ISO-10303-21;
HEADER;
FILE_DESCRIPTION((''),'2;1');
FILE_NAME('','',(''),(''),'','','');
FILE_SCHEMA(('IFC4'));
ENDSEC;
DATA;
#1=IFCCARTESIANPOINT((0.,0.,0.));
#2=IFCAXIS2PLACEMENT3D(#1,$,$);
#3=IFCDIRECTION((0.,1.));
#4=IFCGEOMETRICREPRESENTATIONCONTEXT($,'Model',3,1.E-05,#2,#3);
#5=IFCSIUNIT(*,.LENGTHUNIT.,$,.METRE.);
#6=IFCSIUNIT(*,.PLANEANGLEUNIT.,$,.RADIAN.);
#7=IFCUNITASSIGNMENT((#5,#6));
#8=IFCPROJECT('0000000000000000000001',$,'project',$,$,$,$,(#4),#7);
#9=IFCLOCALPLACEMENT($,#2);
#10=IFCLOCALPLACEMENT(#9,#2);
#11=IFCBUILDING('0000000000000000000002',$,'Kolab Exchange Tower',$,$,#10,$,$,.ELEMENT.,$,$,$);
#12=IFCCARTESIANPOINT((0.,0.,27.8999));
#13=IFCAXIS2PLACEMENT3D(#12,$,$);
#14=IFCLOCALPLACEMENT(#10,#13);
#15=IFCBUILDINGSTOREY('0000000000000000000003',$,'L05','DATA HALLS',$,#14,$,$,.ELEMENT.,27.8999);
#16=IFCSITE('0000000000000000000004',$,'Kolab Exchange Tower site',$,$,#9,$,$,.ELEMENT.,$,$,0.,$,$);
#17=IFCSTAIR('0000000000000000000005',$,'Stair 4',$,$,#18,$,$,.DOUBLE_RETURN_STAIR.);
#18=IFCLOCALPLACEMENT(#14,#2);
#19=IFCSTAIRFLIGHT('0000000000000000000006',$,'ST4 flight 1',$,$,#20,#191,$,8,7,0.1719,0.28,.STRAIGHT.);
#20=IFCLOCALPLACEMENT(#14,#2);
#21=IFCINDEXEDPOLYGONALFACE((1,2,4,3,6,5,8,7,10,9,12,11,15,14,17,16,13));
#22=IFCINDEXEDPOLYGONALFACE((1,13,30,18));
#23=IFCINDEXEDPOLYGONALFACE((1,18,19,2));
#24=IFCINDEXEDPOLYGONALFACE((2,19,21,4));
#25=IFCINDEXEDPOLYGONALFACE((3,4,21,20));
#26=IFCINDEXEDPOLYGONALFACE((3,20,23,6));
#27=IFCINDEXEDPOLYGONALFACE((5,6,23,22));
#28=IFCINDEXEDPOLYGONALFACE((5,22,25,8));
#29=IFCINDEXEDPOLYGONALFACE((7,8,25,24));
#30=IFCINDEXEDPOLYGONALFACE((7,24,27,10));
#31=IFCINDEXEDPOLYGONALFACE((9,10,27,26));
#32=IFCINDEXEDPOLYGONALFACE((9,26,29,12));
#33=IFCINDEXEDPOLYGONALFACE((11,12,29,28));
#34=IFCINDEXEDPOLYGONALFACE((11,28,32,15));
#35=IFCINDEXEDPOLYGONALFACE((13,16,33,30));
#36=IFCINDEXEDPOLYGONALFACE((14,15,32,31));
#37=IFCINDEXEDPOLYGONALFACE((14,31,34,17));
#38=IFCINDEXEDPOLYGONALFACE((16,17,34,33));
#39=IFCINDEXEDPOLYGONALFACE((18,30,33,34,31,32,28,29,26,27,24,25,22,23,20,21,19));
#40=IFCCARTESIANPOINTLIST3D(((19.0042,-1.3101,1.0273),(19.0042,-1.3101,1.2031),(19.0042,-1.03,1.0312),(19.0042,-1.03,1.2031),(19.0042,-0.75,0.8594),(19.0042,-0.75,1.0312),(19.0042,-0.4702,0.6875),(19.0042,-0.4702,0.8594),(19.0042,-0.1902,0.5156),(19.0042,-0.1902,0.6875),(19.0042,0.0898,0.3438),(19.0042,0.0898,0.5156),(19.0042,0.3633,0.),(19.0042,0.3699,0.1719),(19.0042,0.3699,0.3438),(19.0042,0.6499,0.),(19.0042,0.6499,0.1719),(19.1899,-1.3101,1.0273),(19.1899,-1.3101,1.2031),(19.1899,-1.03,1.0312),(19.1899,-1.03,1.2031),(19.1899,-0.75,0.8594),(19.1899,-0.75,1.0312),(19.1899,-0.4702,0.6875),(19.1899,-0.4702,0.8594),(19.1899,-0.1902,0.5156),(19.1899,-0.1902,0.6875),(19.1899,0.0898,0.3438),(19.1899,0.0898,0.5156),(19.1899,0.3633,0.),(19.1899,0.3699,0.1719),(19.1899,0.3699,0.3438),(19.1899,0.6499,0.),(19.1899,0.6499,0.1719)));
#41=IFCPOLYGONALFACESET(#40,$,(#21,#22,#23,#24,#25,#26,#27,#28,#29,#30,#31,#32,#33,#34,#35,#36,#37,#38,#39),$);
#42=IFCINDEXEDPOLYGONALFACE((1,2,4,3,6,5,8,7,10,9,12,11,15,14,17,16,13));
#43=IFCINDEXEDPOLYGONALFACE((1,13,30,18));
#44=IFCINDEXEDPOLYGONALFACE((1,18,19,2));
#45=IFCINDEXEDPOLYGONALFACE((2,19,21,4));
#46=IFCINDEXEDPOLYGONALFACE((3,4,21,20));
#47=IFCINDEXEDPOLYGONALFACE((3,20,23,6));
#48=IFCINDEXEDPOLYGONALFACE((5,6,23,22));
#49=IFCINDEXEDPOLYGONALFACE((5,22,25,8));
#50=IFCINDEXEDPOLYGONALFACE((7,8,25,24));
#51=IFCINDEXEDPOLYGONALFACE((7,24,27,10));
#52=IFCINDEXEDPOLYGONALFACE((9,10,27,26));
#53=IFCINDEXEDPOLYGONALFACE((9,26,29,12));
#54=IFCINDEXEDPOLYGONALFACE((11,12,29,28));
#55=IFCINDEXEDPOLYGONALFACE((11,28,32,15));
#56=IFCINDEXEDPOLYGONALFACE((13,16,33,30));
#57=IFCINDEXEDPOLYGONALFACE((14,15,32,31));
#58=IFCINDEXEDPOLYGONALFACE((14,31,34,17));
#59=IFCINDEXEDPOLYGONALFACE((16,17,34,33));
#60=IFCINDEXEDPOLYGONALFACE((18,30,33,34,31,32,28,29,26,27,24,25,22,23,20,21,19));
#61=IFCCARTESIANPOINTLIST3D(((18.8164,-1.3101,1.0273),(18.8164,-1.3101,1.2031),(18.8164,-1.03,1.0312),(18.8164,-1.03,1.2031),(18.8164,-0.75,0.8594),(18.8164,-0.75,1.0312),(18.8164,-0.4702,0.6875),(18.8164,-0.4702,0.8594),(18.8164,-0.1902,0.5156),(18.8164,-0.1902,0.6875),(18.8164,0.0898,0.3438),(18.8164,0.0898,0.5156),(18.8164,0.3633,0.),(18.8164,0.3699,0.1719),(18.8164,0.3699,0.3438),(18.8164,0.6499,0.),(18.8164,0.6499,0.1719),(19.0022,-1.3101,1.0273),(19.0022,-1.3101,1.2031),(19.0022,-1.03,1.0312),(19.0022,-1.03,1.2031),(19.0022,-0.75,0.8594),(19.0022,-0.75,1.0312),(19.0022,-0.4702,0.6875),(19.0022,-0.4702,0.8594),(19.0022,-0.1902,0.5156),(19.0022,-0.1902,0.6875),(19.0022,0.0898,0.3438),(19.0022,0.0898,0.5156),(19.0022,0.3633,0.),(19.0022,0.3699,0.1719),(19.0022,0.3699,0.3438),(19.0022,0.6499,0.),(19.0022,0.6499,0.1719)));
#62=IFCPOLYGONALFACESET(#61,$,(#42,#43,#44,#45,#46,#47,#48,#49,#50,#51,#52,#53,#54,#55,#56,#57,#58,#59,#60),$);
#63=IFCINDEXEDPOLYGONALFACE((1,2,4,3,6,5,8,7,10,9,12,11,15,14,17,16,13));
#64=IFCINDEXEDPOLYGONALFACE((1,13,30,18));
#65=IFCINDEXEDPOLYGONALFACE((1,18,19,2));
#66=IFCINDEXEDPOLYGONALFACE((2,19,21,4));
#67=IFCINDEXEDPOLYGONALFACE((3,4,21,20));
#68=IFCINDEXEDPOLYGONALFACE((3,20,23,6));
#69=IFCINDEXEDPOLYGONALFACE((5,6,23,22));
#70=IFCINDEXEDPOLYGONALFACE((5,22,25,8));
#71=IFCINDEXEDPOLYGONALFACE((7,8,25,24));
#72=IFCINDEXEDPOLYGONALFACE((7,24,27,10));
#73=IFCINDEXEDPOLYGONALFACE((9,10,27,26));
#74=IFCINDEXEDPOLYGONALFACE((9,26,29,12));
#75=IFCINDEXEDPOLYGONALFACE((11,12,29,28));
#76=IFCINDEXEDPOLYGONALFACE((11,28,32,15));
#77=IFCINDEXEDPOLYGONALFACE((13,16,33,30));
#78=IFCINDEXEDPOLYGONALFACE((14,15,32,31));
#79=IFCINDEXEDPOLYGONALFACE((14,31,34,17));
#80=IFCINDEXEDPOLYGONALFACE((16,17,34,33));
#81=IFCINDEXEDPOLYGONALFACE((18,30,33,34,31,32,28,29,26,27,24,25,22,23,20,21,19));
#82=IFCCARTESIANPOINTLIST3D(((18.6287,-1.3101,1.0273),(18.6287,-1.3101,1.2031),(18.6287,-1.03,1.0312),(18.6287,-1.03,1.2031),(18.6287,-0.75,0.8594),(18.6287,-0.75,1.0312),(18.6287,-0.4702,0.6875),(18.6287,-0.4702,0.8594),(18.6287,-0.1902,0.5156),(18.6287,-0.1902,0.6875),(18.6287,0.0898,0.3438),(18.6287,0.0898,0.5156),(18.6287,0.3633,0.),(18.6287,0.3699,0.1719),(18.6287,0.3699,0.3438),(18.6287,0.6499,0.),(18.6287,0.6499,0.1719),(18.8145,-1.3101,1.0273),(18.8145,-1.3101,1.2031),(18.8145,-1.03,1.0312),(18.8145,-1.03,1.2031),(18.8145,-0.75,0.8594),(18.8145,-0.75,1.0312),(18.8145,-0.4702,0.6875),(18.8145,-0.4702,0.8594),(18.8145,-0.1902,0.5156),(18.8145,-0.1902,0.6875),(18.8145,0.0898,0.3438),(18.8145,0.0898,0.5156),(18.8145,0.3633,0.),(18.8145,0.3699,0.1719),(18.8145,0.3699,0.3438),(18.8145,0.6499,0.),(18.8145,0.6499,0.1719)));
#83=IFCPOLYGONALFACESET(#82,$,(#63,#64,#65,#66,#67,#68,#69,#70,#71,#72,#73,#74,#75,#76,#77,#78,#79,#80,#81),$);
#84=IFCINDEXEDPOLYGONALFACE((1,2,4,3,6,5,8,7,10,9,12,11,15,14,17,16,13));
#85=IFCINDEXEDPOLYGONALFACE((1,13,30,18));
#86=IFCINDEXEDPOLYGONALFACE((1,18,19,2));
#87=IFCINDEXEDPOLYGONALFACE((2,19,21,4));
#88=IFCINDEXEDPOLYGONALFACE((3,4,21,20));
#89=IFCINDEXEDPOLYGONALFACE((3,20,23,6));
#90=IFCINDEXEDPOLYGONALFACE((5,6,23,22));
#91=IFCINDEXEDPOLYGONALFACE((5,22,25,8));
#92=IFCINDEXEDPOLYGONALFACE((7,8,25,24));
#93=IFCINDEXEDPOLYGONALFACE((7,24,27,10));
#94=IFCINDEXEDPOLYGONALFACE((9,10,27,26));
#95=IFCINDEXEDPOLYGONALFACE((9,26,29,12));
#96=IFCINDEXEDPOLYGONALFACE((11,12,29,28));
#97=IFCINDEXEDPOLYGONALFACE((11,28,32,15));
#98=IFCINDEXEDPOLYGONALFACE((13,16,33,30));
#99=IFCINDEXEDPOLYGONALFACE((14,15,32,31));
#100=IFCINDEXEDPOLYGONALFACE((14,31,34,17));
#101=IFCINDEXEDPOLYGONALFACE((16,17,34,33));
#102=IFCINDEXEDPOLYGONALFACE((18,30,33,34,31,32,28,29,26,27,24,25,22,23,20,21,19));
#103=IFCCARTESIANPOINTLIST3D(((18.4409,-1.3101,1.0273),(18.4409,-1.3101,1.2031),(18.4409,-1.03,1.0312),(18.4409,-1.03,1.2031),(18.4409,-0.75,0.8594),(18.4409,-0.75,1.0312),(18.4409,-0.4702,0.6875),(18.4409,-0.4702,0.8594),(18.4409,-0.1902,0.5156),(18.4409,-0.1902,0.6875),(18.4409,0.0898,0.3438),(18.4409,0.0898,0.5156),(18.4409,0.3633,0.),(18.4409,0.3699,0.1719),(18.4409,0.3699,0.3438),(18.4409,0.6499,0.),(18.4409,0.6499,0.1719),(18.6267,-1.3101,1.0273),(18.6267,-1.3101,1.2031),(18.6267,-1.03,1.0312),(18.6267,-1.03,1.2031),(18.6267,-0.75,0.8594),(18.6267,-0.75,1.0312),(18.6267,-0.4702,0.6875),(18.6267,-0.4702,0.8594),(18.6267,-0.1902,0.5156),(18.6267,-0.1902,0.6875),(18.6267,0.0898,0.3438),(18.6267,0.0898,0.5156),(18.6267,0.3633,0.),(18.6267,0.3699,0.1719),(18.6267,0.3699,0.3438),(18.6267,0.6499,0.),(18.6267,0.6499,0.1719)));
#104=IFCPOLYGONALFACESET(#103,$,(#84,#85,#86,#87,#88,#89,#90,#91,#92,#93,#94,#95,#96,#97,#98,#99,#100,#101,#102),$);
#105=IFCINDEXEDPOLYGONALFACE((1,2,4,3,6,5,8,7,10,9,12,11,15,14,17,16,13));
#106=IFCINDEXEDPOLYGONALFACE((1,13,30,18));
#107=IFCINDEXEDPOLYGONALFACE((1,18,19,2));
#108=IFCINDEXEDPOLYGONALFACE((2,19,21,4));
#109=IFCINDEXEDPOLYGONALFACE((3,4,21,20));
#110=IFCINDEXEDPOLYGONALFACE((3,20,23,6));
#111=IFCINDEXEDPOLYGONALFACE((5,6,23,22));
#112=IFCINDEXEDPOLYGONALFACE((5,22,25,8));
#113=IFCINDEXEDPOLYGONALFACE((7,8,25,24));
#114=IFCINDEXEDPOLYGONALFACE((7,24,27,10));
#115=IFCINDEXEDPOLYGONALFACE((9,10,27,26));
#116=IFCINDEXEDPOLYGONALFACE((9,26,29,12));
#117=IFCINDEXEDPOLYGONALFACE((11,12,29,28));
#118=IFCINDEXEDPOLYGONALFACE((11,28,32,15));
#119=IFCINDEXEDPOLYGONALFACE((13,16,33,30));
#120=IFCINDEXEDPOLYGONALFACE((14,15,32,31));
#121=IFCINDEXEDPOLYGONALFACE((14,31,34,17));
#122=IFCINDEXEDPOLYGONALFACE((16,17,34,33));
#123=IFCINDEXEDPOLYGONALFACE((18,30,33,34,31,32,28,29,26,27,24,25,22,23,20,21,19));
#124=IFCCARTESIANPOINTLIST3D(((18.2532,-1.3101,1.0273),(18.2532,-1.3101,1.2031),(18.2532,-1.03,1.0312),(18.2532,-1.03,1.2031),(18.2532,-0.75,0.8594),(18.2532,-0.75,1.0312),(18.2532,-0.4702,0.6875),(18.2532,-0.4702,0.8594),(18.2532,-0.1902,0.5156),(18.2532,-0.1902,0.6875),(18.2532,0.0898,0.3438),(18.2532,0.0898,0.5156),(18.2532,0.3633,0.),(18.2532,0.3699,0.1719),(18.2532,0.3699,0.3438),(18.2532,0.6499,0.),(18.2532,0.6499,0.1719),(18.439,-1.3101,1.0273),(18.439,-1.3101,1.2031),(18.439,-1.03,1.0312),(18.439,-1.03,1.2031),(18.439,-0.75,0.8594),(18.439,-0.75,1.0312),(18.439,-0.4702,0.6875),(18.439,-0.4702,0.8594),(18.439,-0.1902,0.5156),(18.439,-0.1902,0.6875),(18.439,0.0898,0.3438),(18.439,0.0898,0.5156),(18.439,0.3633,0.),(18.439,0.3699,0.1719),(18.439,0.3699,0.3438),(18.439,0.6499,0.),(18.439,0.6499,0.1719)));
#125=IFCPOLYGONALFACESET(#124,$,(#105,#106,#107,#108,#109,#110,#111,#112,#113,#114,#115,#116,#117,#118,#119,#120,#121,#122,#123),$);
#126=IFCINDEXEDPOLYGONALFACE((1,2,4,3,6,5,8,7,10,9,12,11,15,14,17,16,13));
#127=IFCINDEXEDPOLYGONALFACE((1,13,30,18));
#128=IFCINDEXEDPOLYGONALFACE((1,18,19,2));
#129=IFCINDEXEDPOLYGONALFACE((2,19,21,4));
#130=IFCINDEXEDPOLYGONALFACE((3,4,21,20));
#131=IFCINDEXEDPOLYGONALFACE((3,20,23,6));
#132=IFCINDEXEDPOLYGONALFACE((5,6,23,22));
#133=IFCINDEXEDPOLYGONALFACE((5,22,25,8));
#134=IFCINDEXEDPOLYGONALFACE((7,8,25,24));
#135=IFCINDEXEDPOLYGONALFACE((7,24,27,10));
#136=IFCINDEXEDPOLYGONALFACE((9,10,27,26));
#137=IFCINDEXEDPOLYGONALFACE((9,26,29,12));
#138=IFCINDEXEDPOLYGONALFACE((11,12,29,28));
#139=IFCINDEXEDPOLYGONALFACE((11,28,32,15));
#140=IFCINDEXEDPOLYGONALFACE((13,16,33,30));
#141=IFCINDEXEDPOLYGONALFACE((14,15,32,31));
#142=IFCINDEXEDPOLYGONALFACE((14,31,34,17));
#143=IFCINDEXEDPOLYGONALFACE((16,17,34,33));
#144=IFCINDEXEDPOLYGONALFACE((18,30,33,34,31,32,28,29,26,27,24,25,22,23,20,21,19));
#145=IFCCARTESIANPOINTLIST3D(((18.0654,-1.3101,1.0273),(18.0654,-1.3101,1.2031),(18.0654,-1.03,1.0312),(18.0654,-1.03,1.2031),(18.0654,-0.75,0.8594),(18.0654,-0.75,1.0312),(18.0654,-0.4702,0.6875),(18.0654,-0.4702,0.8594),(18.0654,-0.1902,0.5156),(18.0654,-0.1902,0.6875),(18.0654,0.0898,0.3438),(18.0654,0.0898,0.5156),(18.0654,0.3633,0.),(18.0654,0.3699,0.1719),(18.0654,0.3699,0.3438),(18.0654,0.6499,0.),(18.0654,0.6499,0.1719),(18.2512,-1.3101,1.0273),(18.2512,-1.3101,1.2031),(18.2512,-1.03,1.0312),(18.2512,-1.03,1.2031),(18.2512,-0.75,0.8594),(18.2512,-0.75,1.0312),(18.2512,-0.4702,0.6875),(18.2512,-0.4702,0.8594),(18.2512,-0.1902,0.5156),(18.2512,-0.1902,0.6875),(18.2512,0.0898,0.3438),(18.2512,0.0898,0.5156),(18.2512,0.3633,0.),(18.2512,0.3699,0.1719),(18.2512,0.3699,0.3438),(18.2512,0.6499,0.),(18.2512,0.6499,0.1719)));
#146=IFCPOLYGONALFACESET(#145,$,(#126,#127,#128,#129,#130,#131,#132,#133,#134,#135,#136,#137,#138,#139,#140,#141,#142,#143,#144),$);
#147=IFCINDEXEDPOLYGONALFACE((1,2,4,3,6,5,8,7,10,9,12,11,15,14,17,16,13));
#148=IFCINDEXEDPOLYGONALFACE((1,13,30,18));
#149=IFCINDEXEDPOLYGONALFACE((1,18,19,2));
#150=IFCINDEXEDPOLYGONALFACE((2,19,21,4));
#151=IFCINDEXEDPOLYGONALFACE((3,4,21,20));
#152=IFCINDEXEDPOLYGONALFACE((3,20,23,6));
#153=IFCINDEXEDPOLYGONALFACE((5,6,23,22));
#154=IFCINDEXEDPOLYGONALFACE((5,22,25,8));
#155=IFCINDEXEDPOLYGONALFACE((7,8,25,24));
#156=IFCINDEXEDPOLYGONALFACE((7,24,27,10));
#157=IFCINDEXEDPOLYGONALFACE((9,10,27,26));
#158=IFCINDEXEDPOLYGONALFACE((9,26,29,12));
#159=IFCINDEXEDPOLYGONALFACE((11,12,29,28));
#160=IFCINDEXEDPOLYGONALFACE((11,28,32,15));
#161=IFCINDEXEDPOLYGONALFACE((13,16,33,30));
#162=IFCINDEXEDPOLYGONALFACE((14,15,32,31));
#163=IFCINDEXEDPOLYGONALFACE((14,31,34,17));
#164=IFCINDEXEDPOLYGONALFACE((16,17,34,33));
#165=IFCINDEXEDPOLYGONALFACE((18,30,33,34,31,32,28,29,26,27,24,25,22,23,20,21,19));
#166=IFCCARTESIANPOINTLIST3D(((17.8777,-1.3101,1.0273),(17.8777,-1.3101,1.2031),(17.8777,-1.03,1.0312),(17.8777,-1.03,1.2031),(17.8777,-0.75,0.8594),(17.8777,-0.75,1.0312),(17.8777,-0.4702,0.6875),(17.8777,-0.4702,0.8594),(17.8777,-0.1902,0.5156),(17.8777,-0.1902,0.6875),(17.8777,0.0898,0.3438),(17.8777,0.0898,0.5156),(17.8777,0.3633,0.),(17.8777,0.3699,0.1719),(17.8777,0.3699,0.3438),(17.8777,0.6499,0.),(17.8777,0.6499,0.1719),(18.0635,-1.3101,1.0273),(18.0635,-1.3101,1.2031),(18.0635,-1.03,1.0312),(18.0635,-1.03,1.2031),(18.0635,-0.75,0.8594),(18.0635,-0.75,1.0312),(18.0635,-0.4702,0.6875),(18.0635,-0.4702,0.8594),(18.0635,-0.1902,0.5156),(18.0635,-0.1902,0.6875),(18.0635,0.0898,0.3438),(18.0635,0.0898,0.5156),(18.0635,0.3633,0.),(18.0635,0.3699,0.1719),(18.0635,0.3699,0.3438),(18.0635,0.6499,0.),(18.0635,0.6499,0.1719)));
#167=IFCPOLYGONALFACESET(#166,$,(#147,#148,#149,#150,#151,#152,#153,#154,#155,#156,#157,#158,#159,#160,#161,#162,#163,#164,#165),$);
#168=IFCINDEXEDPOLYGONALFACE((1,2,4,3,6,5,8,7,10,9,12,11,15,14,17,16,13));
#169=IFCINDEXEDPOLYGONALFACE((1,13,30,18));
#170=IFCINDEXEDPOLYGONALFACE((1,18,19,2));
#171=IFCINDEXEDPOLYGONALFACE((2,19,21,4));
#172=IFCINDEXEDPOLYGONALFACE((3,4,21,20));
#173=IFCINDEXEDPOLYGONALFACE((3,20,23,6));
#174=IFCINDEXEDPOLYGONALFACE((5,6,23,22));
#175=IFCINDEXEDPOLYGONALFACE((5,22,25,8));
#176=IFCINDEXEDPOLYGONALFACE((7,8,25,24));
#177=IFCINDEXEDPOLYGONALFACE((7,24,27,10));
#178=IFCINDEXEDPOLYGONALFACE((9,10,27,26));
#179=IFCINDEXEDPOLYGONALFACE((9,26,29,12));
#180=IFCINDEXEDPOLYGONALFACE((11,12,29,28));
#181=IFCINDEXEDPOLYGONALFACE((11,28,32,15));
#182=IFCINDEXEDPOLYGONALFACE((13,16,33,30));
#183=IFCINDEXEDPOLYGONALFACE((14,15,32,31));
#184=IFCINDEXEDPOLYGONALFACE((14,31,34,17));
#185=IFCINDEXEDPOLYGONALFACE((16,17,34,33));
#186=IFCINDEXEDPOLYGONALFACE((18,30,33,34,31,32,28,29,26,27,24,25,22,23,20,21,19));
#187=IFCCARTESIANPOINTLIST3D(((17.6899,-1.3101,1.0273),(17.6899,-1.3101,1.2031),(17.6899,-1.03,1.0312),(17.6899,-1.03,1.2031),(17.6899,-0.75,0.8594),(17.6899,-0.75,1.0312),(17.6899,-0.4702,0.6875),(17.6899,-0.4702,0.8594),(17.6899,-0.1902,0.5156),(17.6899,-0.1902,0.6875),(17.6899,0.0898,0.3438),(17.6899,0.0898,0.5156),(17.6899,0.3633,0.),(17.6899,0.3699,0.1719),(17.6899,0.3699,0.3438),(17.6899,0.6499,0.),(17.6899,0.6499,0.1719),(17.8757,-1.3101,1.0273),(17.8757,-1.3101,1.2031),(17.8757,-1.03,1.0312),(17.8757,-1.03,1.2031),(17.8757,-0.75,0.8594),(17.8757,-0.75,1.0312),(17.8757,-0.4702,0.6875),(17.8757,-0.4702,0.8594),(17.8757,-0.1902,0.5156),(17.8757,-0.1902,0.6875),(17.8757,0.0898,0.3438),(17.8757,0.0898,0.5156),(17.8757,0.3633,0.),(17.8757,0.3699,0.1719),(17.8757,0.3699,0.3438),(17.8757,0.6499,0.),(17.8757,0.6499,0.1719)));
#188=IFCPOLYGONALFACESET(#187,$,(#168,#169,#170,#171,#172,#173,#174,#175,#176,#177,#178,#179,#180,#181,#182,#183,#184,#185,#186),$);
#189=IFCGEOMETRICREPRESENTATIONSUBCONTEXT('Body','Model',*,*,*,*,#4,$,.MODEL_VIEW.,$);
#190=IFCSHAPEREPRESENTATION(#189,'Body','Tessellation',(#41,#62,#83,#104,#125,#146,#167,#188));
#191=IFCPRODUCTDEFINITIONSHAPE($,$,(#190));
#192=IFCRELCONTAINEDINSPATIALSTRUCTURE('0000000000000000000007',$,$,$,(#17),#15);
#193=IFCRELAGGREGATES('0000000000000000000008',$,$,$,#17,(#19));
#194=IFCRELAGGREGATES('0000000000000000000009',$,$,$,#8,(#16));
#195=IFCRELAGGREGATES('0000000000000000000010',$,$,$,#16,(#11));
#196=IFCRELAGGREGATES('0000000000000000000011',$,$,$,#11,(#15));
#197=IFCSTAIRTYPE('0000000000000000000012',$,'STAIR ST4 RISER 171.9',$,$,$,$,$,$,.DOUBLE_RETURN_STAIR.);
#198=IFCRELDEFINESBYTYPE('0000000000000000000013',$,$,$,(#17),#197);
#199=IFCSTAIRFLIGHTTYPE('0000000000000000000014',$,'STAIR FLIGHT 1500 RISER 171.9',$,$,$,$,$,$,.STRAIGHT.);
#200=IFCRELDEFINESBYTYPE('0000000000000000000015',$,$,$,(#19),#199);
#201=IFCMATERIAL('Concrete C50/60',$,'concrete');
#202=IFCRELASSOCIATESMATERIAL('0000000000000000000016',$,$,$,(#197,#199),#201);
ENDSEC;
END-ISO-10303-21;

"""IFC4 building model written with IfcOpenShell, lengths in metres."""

from ifc_helpers import new_model, si_unit, direction, frame, origin, place, context, subcontext, project, spatial, polyline, outline, extrude, material, type_object, element, aggregate, save


model = new_model("IFC4")

# Units and contexts
model_context = context("Model", 3, precision=1e-05, world=origin(), true_north=direction((0.0, 1.0)))
body_context = subcontext(model_context, "Body", "Model", "MODEL_VIEW")
ifc_project = project(units=[si_unit("LENGTHUNIT", "METRE"), si_unit("PLANEANGLEUNIT", "RADIAN")], contexts=[model_context])

# Site, building, storey
site_placement = place(None, origin())
site = spatial("IfcSite", under=ifc_project, at=site_placement, Name="Kolab Exchange Tower site", CompositionType="ELEMENT", RefElevation=0.0)
building_placement = place(site_placement, origin())
building = spatial("IfcBuilding", under=site, at=building_placement, Name="Kolab Exchange Tower", CompositionType="ELEMENT")
storey_placement = place(building_placement, frame((0.0, 0.0, 27.8999)))
storey = spatial("IfcBuildingStorey", under=building, at=storey_placement, Name="L05", Description="DATA HALLS", CompositionType="ELEMENT", Elevation=27.8999)

# Stair, stair flight
ifc_material_1 = material(Name="Concrete C50/60", Category="concrete")
stair_type = type_object("IfcStairType", Name="STAIR ST4 RISER 171.9", PredefinedType="DOUBLE_RETURN_STAIR", material=ifc_material_1)
stair_placement = place(storey_placement, origin())
stair = element("IfcStair", 1, at=stair_placement, inside=storey, type_object=stair_type, Name="Stair 4", PredefinedType="DOUBLE_RETURN_STAIR")
stair_flight_type = type_object("IfcStairFlightType", Name="STAIR FLIGHT 1500 RISER 171.9", PredefinedType="STRAIGHT", material=ifc_material_1)
stair_flight_1_placement = place(storey_placement, frame((18.4399, 0.6499, 0.0), z_axis=(0.0, 0.0, 1.0), x_axis=(0.0, -1.0, 0.0)))
stair_flight_1 = element("IfcStairFlight", 2, at=stair_flight_1_placement, type_object=stair_flight_type, Name="ST4 flight 1", NumberOfRisers=8, NumberOfTreads=7, PredefinedType="STRAIGHT", RiserHeight=0.1719, TreadLength=0.28, context=body_context, shape_type="SweptSolid", body=[
    extrude(outline(polyline([(0.0, 0.0), (0.0, 0.1719), (0.28, 0.1719), (0.28, 0.3438), (0.5601, 0.3438), (0.5601, 0.5156), (0.8401, 0.5156), (0.8401, 0.6875), (1.1201, 0.6875), (1.1201, 0.8594), (1.3999, 0.8594), (1.3999, 1.0312), (1.6799, 1.0312), (1.6799, 1.2031), (1.96, 1.2031), (1.96, 1.375), (1.96, 1.0273), (0.2866, 0.0), (0.0, 0.0)])), frame((0.0, 0.75, 0.0), z_axis=(0.0, -1.0, 0.0), x_axis=(1.0, 0.0, 0.0)), (0.0, 0.0, 1.0), 0.1858),
    extrude(outline(polyline([(0.0, 0.0), (0.0, 0.1719), (0.28, 0.1719), (0.28, 0.3438), (0.5601, 0.3438), (0.5601, 0.5156), (0.8401, 0.5156), (0.8401, 0.6875), (1.1201, 0.6875), (1.1201, 0.8594), (1.3999, 0.8594), (1.3999, 1.0312), (1.6799, 1.0312), (1.6799, 1.2031), (1.96, 1.2031), (1.96, 1.375), (1.96, 1.0273), (0.2866, 0.0), (0.0, 0.0)])), frame((0.0, 0.5623, 0.0), z_axis=(0.0, -1.0, 0.0), x_axis=(1.0, 0.0, 0.0)), (0.0, 0.0, 1.0), 0.1858),
    extrude(outline(polyline([(0.0, 0.0), (0.0, 0.1719), (0.28, 0.1719), (0.28, 0.3438), (0.5601, 0.3438), (0.5601, 0.5156), (0.8401, 0.5156), (0.8401, 0.6875), (1.1201, 0.6875), (1.1201, 0.8594), (1.3999, 0.8594), (1.3999, 1.0312), (1.6799, 1.0312), (1.6799, 1.2031), (1.96, 1.2031), (1.96, 1.375), (1.96, 1.0273), (0.2866, 0.0), (0.0, 0.0)])), frame((0.0, 0.3745, 0.0), z_axis=(0.0, -1.0, 0.0), x_axis=(1.0, 0.0, 0.0)), (0.0, 0.0, 1.0), 0.1858),
    extrude(outline(polyline([(0.0, 0.0), (0.0, 0.1719), (0.28, 0.1719), (0.28, 0.3438), (0.5601, 0.3438), (0.5601, 0.5156), (0.8401, 0.5156), (0.8401, 0.6875), (1.1201, 0.6875), (1.1201, 0.8594), (1.3999, 0.8594), (1.3999, 1.0312), (1.6799, 1.0312), (1.6799, 1.2031), (1.96, 1.2031), (1.96, 1.375), (1.96, 1.0273), (0.2866, 0.0), (0.0, 0.0)])), frame((0.0, 0.1868, 0.0), z_axis=(0.0, -1.0, 0.0), x_axis=(1.0, 0.0, 0.0)), (0.0, 0.0, 1.0), 0.1858),
    extrude(outline(polyline([(0.0, 0.0), (0.0, 0.1719), (0.28, 0.1719), (0.28, 0.3438), (0.5601, 0.3438), (0.5601, 0.5156), (0.8401, 0.5156), (0.8401, 0.6875), (1.1201, 0.6875), (1.1201, 0.8594), (1.3999, 0.8594), (1.3999, 1.0312), (1.6799, 1.0312), (1.6799, 1.2031), (1.96, 1.2031), (1.96, 1.375), (1.96, 1.0273), (0.2866, 0.0), (0.0, 0.0)])), frame((0.0, -0.001, 0.0), z_axis=(0.0, -1.0, 0.0), x_axis=(1.0, 0.0, 0.0)), (0.0, 0.0, 1.0), 0.1858),
    extrude(outline(polyline([(0.0, 0.0), (0.0, 0.1719), (0.28, 0.1719), (0.28, 0.3438), (0.5601, 0.3438), (0.5601, 0.5156), (0.8401, 0.5156), (0.8401, 0.6875), (1.1201, 0.6875), (1.1201, 0.8594), (1.3999, 0.8594), (1.3999, 1.0312), (1.6799, 1.0312), (1.6799, 1.2031), (1.96, 1.2031), (1.96, 1.375), (1.96, 1.0273), (0.2866, 0.0), (0.0, 0.0)])), frame((0.0, -0.1887, 0.0), z_axis=(0.0, -1.0, 0.0), x_axis=(1.0, 0.0, 0.0)), (0.0, 0.0, 1.0), 0.1858),
    extrude(outline(polyline([(0.0, 0.0), (0.0, 0.1719), (0.28, 0.1719), (0.28, 0.3438), (0.5601, 0.3438), (0.5601, 0.5156), (0.8401, 0.5156), (0.8401, 0.6875), (1.1201, 0.6875), (1.1201, 0.8594), (1.3999, 0.8594), (1.3999, 1.0312), (1.6799, 1.0312), (1.6799, 1.2031), (1.96, 1.2031), (1.96, 1.375), (1.96, 1.0273), (0.2866, 0.0), (0.0, 0.0)])), frame((0.0, -0.3765, 0.0), z_axis=(0.0, -1.0, 0.0), x_axis=(1.0, 0.0, 0.0)), (0.0, 0.0, 1.0), 0.1858),
    extrude(outline(polyline([(0.0, 0.0), (0.0, 0.1719), (0.28, 0.1719), (0.28, 0.3438), (0.5601, 0.3438), (0.5601, 0.5156), (0.8401, 0.5156), (0.8401, 0.6875), (1.1201, 0.6875), (1.1201, 0.8594), (1.3999, 0.8594), (1.3999, 1.0312), (1.6799, 1.0312), (1.6799, 1.2031), (1.96, 1.2031), (1.96, 1.375), (1.96, 1.0273), (0.2866, 0.0), (0.0, 0.0)])), frame((0.0, -0.5642, 0.0), z_axis=(0.0, -1.0, 0.0), x_axis=(1.0, 0.0, 0.0)), (0.0, 0.0, 1.0), 0.1858),
])
aggregate(stair, [stair_flight_1])

save(model, "model.ifc")
